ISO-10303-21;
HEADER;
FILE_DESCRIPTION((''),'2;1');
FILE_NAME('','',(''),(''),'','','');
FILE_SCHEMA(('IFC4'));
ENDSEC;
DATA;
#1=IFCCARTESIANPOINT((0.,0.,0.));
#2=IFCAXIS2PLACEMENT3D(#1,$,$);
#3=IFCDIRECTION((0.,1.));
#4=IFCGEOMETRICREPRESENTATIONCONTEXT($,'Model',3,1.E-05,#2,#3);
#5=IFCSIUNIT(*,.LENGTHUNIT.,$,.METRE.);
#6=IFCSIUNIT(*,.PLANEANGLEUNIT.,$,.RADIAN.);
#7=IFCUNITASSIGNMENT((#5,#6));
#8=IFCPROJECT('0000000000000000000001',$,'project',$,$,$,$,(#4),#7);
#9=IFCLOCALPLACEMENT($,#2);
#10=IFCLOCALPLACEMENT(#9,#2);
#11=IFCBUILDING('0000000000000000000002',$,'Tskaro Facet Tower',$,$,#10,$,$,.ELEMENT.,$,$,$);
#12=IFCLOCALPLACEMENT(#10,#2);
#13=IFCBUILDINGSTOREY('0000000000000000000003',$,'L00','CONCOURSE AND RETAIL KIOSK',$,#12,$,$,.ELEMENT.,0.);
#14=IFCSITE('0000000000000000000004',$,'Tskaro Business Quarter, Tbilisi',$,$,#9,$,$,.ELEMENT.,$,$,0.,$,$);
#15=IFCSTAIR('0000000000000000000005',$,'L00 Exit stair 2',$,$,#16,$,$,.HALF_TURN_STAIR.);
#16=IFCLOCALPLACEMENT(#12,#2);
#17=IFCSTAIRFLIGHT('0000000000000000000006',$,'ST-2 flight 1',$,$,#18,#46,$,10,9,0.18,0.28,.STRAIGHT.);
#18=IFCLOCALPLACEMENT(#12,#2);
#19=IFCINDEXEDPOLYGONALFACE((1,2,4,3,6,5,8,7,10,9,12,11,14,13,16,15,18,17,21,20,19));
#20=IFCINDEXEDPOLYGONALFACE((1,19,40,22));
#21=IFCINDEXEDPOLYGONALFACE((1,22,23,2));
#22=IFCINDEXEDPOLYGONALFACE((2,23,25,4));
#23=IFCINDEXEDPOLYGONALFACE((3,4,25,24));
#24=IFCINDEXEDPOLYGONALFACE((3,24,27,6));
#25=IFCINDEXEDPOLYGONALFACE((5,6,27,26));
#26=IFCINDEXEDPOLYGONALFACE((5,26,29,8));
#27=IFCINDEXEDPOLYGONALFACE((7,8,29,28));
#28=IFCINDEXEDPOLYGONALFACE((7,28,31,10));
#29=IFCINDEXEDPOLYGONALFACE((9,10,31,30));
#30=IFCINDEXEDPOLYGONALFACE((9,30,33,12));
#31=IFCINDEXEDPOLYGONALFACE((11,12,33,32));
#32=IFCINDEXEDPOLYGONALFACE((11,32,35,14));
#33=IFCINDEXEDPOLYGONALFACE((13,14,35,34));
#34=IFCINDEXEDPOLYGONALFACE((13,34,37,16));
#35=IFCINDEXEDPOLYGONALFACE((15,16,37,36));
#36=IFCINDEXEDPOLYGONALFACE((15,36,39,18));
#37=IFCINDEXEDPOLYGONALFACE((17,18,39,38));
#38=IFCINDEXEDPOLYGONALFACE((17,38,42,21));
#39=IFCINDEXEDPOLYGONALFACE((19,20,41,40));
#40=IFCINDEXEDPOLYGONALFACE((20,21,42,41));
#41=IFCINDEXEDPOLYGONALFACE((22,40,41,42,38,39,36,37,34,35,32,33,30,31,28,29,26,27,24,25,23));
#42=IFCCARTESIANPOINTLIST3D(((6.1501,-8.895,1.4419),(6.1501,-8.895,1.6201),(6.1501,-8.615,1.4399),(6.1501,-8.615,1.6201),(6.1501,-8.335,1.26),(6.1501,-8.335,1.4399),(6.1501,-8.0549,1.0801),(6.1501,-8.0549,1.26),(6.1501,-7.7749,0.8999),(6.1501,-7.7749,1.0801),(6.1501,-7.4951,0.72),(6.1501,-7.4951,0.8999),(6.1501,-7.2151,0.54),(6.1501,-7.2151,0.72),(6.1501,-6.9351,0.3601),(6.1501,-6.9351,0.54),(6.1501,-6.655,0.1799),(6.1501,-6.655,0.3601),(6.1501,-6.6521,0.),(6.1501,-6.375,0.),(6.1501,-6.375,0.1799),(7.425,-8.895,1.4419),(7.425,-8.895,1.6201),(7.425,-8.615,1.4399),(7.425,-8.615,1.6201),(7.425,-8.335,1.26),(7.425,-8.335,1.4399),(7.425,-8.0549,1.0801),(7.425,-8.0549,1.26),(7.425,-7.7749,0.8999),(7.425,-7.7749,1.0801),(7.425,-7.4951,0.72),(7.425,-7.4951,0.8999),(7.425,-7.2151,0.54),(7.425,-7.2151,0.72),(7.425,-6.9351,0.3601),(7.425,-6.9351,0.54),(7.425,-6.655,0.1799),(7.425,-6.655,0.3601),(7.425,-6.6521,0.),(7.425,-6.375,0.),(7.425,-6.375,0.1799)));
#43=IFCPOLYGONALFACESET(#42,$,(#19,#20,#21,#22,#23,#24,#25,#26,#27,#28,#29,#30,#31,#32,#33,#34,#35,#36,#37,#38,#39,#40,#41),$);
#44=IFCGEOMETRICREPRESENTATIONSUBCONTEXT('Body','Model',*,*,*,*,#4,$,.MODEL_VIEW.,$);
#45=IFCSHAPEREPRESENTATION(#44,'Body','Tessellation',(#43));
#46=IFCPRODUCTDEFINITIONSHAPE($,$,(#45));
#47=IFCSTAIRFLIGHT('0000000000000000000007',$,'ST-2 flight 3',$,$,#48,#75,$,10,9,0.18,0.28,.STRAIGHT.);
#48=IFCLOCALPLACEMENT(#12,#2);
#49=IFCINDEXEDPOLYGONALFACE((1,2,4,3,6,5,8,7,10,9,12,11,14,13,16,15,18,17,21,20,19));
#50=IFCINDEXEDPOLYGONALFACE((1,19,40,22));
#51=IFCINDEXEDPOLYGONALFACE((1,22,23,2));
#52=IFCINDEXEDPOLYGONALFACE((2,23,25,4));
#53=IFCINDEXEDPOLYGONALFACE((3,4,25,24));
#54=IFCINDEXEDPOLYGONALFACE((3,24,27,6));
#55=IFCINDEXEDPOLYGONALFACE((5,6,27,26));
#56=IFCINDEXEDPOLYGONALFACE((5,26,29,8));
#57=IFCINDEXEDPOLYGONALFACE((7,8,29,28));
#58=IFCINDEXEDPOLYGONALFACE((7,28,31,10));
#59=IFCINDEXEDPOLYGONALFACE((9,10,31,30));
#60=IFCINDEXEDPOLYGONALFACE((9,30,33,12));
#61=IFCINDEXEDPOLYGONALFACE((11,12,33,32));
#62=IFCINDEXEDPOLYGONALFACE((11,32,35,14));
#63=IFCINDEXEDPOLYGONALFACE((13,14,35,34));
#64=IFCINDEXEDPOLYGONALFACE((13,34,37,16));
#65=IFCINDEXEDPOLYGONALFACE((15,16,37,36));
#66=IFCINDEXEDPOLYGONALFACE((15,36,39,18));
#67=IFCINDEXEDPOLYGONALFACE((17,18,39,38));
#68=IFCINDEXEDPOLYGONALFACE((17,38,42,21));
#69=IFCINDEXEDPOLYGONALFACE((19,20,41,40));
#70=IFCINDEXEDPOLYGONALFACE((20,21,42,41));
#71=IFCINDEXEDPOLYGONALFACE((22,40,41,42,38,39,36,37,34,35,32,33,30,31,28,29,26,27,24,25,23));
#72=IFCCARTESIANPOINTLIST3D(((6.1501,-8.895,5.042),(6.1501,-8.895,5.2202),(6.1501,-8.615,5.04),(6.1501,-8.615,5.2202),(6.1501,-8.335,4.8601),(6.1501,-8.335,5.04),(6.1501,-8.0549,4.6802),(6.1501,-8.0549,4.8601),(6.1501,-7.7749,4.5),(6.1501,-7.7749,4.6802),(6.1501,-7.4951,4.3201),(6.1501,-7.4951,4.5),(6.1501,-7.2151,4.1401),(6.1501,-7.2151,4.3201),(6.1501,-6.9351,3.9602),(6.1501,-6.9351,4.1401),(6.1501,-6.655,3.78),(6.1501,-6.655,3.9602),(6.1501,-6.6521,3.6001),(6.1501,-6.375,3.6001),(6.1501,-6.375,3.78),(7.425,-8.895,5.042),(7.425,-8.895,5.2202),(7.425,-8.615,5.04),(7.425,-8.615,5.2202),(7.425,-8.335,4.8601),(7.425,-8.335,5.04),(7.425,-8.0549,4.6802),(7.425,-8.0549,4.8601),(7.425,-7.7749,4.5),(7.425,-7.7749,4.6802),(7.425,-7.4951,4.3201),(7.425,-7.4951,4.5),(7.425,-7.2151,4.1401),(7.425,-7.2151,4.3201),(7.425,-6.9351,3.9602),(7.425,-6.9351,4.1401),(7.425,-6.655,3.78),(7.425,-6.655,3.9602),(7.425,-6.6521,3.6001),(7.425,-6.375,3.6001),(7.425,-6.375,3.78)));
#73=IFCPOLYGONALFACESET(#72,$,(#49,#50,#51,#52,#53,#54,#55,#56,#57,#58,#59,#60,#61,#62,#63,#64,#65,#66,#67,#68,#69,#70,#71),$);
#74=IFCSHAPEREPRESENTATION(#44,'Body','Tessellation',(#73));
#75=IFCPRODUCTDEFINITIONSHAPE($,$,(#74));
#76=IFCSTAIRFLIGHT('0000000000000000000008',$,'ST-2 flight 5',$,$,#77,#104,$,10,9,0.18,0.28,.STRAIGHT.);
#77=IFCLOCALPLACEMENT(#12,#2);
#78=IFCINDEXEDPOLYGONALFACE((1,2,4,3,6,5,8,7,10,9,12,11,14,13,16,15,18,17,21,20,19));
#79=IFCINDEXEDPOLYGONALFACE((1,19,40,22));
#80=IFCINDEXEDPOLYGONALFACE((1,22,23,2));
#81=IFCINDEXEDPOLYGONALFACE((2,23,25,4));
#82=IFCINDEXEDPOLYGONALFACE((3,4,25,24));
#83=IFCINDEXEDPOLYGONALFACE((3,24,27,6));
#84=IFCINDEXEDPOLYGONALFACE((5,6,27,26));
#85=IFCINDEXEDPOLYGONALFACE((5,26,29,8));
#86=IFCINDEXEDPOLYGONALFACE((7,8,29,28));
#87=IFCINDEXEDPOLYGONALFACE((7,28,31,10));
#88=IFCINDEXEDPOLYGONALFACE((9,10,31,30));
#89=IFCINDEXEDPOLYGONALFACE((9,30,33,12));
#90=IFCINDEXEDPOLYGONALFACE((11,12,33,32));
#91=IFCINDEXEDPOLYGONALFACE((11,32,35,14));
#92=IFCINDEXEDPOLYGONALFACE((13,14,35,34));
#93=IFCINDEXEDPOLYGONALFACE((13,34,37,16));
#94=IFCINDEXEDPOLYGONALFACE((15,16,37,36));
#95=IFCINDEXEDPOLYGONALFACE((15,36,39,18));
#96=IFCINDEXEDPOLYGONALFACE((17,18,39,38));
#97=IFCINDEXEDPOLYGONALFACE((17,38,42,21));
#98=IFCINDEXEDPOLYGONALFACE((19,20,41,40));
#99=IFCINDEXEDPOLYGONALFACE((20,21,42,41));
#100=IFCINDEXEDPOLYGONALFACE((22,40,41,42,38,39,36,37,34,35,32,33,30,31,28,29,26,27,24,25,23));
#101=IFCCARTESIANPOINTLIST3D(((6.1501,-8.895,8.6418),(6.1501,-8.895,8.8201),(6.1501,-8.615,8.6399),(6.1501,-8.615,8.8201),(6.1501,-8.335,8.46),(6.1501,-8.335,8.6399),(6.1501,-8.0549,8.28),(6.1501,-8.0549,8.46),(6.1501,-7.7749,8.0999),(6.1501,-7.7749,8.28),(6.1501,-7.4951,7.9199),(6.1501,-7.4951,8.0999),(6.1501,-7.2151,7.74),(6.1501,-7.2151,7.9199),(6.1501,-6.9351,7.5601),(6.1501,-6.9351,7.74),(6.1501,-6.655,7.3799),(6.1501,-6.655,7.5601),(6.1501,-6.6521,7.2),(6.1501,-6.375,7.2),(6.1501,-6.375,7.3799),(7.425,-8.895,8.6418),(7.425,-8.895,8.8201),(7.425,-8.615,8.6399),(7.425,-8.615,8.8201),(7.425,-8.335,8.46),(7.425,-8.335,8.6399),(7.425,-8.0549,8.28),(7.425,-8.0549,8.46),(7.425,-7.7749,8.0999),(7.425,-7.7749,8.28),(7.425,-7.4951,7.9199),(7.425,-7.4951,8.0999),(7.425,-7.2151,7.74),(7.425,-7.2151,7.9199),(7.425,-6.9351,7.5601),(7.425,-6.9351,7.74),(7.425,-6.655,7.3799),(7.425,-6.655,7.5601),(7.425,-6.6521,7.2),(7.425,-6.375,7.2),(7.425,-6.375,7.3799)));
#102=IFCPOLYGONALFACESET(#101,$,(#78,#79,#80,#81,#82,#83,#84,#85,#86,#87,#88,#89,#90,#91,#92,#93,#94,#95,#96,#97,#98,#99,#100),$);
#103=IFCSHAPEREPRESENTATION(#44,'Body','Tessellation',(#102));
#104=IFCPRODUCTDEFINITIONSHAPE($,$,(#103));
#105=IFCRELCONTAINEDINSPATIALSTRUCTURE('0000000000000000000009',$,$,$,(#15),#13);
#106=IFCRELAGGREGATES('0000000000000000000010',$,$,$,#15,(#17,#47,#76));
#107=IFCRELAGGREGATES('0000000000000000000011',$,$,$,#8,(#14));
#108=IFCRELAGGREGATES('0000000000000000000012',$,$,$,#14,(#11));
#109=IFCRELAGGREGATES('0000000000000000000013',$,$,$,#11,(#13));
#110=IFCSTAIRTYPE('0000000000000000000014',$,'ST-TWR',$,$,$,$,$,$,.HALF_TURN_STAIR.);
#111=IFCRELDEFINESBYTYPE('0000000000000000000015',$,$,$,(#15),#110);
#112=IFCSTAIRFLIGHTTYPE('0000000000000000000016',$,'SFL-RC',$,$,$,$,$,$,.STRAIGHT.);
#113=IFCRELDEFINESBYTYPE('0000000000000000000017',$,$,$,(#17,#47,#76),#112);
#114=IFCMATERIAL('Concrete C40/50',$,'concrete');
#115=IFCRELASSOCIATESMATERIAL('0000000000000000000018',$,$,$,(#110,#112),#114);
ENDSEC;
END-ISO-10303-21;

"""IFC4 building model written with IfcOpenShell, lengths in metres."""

from ifc_helpers import new_model, si_unit, direction, frame, origin, place, context, subcontext, project, spatial, polyline, outline, extrude, material, type_object, element, aggregate, save


model = new_model("IFC4")

# Units and contexts
model_context = context("Model", 3, precision=1e-05, world=origin(), true_north=direction((0.0, 1.0)))
body_context = subcontext(model_context, "Body", "Model", "MODEL_VIEW")
ifc_project = project(units=[si_unit("LENGTHUNIT", "METRE"), si_unit("PLANEANGLEUNIT", "RADIAN")], contexts=[model_context])

# Site, building, storey
site_placement = place(None, origin())
site = spatial("IfcSite", under=ifc_project, at=site_placement, Name="Tskaro Business Quarter, Tbilisi", CompositionType="ELEMENT", RefElevation=0.0)
building_placement = place(site_placement, origin())
building = spatial("IfcBuilding", under=site, at=building_placement, Name="Tskaro Facet Tower", CompositionType="ELEMENT")
storey_placement = place(building_placement, origin())
storey = spatial("IfcBuildingStorey", under=building, at=storey_placement, Name="L00", Description="CONCOURSE AND RETAIL KIOSK", CompositionType="ELEMENT", Elevation=0.0)

# Stair, stair flights
ifc_material_1 = material(Name="Concrete C40/50", Category="concrete")
stair_type = type_object("IfcStairType", Name="ST-TWR", PredefinedType="HALF_TURN_STAIR", material=ifc_material_1)
stair_placement = place(storey_placement, origin())
stair = element("IfcStair", 1, at=stair_placement, inside=storey, type_object=stair_type, Name="L00 Exit stair 2", PredefinedType="HALF_TURN_STAIR")
stair_flight_type = type_object("IfcStairFlightType", Name="SFL-RC", PredefinedType="STRAIGHT", material=ifc_material_1)
stair_flight_1_placement = place(storey_placement, frame((6.7876, -6.375, 0.0), z_axis=(0.0, 0.0, 1.0), x_axis=(0.0, -1.0, 0.0)))
stair_flight_1 = element("IfcStairFlight", 2, at=stair_flight_1_placement, type_object=stair_flight_type, Name="ST-2 flight 1", NumberOfRisers=10, NumberOfTreads=9, PredefinedType="STRAIGHT", RiserHeight=0.18, TreadLength=0.28, context=body_context, shape_type="SweptSolid", body=[
    extrude(outline(polyline([(0.0, 0.0), (0.0, 0.1799), (0.28, 0.1799), (0.28, 0.3601), (0.5601, 0.3601), (0.5601, 0.54), (0.8401, 0.54), (0.8401, 0.72), (1.1201, 0.72), (1.1201, 0.8999), (1.3999, 0.8999), (1.3999, 1.0801), (1.6799, 1.0801), (1.6799, 1.26), (1.96, 1.26), (1.96, 1.4399), (2.24, 1.4399), (2.24, 1.6201), (2.52, 1.6201), (2.52, 1.8), (2.52, 1.4419), (0.2771, 0.0), (0.0, 0.0)])), frame((0.0, 0.6375, 0.0), z_axis=(0.0, -1.0, 0.0), x_axis=(1.0, 0.0, 0.0)), (0.0, 0.0, 1.0), 1.2749),
])
stair_flight_2_placement = place(storey_placement, frame((6.7876, -6.375, 3.6001), z_axis=(0.0, 0.0, 1.0), x_axis=(0.0, -1.0, 0.0)))
stair_flight_2 = element("IfcStairFlight", 3, at=stair_flight_2_placement, type_object=stair_flight_type, Name="ST-2 flight 3", NumberOfRisers=10, NumberOfTreads=9, PredefinedType="STRAIGHT", RiserHeight=0.18, TreadLength=0.28, context=body_context, shape_type="SweptSolid", body=[
    extrude(outline(polyline([(0.0, 0.0), (0.0, 0.1799), (0.28, 0.1799), (0.28, 0.3601), (0.5601, 0.3601), (0.5601, 0.54), (0.8401, 0.54), (0.8401, 0.72), (1.1201, 0.72), (1.1201, 0.8999), (1.3999, 0.8999), (1.3999, 1.0801), (1.6799, 1.0801), (1.6799, 1.26), (1.96, 1.26), (1.96, 1.4399), (2.24, 1.4399), (2.24, 1.6201), (2.52, 1.6201), (2.52, 1.8), (2.52, 1.4419), (0.2771, 0.0), (0.0, 0.0)])), frame((0.0, 0.6375, 0.0), z_axis=(0.0, -1.0, 0.0), x_axis=(1.0, 0.0, 0.0)), (0.0, 0.0, 1.0), 1.2749),
])
stair_flight_3_placement = place(storey_placement, frame((6.7876, -6.375, 7.2), z_axis=(0.0, 0.0, 1.0), x_axis=(0.0, -1.0, 0.0)))
stair_flight_3 = element("IfcStairFlight", 4, at=stair_flight_3_placement, type_object=stair_flight_type, Name="ST-2 flight 5", NumberOfRisers=10, NumberOfTreads=9, PredefinedType="STRAIGHT", RiserHeight=0.18, TreadLength=0.28, context=body_context, shape_type="SweptSolid", body=[
    extrude(outline(polyline([(0.0, 0.0), (0.0, 0.1799), (0.28, 0.1799), (0.28, 0.3601), (0.5601, 0.3601), (0.5601, 0.54), (0.8401, 0.54), (0.8401, 0.72), (1.1201, 0.72), (1.1201, 0.8999), (1.3999, 0.8999), (1.3999, 1.0801), (1.6799, 1.0801), (1.6799, 1.26), (1.96, 1.26), (1.96, 1.4399), (2.24, 1.4399), (2.24, 1.6201), (2.52, 1.6201), (2.52, 1.8), (2.52, 1.4419), (0.2771, 0.0), (0.0, 0.0)])), frame((0.0, 0.6375, 0.0), z_axis=(0.0, -1.0, 0.0), x_axis=(1.0, 0.0, 0.0)), (0.0, 0.0, 1.0), 1.2749),
])
aggregate(stair, [stair_flight_1, stair_flight_2, stair_flight_3])

save(model, "model.ifc")
